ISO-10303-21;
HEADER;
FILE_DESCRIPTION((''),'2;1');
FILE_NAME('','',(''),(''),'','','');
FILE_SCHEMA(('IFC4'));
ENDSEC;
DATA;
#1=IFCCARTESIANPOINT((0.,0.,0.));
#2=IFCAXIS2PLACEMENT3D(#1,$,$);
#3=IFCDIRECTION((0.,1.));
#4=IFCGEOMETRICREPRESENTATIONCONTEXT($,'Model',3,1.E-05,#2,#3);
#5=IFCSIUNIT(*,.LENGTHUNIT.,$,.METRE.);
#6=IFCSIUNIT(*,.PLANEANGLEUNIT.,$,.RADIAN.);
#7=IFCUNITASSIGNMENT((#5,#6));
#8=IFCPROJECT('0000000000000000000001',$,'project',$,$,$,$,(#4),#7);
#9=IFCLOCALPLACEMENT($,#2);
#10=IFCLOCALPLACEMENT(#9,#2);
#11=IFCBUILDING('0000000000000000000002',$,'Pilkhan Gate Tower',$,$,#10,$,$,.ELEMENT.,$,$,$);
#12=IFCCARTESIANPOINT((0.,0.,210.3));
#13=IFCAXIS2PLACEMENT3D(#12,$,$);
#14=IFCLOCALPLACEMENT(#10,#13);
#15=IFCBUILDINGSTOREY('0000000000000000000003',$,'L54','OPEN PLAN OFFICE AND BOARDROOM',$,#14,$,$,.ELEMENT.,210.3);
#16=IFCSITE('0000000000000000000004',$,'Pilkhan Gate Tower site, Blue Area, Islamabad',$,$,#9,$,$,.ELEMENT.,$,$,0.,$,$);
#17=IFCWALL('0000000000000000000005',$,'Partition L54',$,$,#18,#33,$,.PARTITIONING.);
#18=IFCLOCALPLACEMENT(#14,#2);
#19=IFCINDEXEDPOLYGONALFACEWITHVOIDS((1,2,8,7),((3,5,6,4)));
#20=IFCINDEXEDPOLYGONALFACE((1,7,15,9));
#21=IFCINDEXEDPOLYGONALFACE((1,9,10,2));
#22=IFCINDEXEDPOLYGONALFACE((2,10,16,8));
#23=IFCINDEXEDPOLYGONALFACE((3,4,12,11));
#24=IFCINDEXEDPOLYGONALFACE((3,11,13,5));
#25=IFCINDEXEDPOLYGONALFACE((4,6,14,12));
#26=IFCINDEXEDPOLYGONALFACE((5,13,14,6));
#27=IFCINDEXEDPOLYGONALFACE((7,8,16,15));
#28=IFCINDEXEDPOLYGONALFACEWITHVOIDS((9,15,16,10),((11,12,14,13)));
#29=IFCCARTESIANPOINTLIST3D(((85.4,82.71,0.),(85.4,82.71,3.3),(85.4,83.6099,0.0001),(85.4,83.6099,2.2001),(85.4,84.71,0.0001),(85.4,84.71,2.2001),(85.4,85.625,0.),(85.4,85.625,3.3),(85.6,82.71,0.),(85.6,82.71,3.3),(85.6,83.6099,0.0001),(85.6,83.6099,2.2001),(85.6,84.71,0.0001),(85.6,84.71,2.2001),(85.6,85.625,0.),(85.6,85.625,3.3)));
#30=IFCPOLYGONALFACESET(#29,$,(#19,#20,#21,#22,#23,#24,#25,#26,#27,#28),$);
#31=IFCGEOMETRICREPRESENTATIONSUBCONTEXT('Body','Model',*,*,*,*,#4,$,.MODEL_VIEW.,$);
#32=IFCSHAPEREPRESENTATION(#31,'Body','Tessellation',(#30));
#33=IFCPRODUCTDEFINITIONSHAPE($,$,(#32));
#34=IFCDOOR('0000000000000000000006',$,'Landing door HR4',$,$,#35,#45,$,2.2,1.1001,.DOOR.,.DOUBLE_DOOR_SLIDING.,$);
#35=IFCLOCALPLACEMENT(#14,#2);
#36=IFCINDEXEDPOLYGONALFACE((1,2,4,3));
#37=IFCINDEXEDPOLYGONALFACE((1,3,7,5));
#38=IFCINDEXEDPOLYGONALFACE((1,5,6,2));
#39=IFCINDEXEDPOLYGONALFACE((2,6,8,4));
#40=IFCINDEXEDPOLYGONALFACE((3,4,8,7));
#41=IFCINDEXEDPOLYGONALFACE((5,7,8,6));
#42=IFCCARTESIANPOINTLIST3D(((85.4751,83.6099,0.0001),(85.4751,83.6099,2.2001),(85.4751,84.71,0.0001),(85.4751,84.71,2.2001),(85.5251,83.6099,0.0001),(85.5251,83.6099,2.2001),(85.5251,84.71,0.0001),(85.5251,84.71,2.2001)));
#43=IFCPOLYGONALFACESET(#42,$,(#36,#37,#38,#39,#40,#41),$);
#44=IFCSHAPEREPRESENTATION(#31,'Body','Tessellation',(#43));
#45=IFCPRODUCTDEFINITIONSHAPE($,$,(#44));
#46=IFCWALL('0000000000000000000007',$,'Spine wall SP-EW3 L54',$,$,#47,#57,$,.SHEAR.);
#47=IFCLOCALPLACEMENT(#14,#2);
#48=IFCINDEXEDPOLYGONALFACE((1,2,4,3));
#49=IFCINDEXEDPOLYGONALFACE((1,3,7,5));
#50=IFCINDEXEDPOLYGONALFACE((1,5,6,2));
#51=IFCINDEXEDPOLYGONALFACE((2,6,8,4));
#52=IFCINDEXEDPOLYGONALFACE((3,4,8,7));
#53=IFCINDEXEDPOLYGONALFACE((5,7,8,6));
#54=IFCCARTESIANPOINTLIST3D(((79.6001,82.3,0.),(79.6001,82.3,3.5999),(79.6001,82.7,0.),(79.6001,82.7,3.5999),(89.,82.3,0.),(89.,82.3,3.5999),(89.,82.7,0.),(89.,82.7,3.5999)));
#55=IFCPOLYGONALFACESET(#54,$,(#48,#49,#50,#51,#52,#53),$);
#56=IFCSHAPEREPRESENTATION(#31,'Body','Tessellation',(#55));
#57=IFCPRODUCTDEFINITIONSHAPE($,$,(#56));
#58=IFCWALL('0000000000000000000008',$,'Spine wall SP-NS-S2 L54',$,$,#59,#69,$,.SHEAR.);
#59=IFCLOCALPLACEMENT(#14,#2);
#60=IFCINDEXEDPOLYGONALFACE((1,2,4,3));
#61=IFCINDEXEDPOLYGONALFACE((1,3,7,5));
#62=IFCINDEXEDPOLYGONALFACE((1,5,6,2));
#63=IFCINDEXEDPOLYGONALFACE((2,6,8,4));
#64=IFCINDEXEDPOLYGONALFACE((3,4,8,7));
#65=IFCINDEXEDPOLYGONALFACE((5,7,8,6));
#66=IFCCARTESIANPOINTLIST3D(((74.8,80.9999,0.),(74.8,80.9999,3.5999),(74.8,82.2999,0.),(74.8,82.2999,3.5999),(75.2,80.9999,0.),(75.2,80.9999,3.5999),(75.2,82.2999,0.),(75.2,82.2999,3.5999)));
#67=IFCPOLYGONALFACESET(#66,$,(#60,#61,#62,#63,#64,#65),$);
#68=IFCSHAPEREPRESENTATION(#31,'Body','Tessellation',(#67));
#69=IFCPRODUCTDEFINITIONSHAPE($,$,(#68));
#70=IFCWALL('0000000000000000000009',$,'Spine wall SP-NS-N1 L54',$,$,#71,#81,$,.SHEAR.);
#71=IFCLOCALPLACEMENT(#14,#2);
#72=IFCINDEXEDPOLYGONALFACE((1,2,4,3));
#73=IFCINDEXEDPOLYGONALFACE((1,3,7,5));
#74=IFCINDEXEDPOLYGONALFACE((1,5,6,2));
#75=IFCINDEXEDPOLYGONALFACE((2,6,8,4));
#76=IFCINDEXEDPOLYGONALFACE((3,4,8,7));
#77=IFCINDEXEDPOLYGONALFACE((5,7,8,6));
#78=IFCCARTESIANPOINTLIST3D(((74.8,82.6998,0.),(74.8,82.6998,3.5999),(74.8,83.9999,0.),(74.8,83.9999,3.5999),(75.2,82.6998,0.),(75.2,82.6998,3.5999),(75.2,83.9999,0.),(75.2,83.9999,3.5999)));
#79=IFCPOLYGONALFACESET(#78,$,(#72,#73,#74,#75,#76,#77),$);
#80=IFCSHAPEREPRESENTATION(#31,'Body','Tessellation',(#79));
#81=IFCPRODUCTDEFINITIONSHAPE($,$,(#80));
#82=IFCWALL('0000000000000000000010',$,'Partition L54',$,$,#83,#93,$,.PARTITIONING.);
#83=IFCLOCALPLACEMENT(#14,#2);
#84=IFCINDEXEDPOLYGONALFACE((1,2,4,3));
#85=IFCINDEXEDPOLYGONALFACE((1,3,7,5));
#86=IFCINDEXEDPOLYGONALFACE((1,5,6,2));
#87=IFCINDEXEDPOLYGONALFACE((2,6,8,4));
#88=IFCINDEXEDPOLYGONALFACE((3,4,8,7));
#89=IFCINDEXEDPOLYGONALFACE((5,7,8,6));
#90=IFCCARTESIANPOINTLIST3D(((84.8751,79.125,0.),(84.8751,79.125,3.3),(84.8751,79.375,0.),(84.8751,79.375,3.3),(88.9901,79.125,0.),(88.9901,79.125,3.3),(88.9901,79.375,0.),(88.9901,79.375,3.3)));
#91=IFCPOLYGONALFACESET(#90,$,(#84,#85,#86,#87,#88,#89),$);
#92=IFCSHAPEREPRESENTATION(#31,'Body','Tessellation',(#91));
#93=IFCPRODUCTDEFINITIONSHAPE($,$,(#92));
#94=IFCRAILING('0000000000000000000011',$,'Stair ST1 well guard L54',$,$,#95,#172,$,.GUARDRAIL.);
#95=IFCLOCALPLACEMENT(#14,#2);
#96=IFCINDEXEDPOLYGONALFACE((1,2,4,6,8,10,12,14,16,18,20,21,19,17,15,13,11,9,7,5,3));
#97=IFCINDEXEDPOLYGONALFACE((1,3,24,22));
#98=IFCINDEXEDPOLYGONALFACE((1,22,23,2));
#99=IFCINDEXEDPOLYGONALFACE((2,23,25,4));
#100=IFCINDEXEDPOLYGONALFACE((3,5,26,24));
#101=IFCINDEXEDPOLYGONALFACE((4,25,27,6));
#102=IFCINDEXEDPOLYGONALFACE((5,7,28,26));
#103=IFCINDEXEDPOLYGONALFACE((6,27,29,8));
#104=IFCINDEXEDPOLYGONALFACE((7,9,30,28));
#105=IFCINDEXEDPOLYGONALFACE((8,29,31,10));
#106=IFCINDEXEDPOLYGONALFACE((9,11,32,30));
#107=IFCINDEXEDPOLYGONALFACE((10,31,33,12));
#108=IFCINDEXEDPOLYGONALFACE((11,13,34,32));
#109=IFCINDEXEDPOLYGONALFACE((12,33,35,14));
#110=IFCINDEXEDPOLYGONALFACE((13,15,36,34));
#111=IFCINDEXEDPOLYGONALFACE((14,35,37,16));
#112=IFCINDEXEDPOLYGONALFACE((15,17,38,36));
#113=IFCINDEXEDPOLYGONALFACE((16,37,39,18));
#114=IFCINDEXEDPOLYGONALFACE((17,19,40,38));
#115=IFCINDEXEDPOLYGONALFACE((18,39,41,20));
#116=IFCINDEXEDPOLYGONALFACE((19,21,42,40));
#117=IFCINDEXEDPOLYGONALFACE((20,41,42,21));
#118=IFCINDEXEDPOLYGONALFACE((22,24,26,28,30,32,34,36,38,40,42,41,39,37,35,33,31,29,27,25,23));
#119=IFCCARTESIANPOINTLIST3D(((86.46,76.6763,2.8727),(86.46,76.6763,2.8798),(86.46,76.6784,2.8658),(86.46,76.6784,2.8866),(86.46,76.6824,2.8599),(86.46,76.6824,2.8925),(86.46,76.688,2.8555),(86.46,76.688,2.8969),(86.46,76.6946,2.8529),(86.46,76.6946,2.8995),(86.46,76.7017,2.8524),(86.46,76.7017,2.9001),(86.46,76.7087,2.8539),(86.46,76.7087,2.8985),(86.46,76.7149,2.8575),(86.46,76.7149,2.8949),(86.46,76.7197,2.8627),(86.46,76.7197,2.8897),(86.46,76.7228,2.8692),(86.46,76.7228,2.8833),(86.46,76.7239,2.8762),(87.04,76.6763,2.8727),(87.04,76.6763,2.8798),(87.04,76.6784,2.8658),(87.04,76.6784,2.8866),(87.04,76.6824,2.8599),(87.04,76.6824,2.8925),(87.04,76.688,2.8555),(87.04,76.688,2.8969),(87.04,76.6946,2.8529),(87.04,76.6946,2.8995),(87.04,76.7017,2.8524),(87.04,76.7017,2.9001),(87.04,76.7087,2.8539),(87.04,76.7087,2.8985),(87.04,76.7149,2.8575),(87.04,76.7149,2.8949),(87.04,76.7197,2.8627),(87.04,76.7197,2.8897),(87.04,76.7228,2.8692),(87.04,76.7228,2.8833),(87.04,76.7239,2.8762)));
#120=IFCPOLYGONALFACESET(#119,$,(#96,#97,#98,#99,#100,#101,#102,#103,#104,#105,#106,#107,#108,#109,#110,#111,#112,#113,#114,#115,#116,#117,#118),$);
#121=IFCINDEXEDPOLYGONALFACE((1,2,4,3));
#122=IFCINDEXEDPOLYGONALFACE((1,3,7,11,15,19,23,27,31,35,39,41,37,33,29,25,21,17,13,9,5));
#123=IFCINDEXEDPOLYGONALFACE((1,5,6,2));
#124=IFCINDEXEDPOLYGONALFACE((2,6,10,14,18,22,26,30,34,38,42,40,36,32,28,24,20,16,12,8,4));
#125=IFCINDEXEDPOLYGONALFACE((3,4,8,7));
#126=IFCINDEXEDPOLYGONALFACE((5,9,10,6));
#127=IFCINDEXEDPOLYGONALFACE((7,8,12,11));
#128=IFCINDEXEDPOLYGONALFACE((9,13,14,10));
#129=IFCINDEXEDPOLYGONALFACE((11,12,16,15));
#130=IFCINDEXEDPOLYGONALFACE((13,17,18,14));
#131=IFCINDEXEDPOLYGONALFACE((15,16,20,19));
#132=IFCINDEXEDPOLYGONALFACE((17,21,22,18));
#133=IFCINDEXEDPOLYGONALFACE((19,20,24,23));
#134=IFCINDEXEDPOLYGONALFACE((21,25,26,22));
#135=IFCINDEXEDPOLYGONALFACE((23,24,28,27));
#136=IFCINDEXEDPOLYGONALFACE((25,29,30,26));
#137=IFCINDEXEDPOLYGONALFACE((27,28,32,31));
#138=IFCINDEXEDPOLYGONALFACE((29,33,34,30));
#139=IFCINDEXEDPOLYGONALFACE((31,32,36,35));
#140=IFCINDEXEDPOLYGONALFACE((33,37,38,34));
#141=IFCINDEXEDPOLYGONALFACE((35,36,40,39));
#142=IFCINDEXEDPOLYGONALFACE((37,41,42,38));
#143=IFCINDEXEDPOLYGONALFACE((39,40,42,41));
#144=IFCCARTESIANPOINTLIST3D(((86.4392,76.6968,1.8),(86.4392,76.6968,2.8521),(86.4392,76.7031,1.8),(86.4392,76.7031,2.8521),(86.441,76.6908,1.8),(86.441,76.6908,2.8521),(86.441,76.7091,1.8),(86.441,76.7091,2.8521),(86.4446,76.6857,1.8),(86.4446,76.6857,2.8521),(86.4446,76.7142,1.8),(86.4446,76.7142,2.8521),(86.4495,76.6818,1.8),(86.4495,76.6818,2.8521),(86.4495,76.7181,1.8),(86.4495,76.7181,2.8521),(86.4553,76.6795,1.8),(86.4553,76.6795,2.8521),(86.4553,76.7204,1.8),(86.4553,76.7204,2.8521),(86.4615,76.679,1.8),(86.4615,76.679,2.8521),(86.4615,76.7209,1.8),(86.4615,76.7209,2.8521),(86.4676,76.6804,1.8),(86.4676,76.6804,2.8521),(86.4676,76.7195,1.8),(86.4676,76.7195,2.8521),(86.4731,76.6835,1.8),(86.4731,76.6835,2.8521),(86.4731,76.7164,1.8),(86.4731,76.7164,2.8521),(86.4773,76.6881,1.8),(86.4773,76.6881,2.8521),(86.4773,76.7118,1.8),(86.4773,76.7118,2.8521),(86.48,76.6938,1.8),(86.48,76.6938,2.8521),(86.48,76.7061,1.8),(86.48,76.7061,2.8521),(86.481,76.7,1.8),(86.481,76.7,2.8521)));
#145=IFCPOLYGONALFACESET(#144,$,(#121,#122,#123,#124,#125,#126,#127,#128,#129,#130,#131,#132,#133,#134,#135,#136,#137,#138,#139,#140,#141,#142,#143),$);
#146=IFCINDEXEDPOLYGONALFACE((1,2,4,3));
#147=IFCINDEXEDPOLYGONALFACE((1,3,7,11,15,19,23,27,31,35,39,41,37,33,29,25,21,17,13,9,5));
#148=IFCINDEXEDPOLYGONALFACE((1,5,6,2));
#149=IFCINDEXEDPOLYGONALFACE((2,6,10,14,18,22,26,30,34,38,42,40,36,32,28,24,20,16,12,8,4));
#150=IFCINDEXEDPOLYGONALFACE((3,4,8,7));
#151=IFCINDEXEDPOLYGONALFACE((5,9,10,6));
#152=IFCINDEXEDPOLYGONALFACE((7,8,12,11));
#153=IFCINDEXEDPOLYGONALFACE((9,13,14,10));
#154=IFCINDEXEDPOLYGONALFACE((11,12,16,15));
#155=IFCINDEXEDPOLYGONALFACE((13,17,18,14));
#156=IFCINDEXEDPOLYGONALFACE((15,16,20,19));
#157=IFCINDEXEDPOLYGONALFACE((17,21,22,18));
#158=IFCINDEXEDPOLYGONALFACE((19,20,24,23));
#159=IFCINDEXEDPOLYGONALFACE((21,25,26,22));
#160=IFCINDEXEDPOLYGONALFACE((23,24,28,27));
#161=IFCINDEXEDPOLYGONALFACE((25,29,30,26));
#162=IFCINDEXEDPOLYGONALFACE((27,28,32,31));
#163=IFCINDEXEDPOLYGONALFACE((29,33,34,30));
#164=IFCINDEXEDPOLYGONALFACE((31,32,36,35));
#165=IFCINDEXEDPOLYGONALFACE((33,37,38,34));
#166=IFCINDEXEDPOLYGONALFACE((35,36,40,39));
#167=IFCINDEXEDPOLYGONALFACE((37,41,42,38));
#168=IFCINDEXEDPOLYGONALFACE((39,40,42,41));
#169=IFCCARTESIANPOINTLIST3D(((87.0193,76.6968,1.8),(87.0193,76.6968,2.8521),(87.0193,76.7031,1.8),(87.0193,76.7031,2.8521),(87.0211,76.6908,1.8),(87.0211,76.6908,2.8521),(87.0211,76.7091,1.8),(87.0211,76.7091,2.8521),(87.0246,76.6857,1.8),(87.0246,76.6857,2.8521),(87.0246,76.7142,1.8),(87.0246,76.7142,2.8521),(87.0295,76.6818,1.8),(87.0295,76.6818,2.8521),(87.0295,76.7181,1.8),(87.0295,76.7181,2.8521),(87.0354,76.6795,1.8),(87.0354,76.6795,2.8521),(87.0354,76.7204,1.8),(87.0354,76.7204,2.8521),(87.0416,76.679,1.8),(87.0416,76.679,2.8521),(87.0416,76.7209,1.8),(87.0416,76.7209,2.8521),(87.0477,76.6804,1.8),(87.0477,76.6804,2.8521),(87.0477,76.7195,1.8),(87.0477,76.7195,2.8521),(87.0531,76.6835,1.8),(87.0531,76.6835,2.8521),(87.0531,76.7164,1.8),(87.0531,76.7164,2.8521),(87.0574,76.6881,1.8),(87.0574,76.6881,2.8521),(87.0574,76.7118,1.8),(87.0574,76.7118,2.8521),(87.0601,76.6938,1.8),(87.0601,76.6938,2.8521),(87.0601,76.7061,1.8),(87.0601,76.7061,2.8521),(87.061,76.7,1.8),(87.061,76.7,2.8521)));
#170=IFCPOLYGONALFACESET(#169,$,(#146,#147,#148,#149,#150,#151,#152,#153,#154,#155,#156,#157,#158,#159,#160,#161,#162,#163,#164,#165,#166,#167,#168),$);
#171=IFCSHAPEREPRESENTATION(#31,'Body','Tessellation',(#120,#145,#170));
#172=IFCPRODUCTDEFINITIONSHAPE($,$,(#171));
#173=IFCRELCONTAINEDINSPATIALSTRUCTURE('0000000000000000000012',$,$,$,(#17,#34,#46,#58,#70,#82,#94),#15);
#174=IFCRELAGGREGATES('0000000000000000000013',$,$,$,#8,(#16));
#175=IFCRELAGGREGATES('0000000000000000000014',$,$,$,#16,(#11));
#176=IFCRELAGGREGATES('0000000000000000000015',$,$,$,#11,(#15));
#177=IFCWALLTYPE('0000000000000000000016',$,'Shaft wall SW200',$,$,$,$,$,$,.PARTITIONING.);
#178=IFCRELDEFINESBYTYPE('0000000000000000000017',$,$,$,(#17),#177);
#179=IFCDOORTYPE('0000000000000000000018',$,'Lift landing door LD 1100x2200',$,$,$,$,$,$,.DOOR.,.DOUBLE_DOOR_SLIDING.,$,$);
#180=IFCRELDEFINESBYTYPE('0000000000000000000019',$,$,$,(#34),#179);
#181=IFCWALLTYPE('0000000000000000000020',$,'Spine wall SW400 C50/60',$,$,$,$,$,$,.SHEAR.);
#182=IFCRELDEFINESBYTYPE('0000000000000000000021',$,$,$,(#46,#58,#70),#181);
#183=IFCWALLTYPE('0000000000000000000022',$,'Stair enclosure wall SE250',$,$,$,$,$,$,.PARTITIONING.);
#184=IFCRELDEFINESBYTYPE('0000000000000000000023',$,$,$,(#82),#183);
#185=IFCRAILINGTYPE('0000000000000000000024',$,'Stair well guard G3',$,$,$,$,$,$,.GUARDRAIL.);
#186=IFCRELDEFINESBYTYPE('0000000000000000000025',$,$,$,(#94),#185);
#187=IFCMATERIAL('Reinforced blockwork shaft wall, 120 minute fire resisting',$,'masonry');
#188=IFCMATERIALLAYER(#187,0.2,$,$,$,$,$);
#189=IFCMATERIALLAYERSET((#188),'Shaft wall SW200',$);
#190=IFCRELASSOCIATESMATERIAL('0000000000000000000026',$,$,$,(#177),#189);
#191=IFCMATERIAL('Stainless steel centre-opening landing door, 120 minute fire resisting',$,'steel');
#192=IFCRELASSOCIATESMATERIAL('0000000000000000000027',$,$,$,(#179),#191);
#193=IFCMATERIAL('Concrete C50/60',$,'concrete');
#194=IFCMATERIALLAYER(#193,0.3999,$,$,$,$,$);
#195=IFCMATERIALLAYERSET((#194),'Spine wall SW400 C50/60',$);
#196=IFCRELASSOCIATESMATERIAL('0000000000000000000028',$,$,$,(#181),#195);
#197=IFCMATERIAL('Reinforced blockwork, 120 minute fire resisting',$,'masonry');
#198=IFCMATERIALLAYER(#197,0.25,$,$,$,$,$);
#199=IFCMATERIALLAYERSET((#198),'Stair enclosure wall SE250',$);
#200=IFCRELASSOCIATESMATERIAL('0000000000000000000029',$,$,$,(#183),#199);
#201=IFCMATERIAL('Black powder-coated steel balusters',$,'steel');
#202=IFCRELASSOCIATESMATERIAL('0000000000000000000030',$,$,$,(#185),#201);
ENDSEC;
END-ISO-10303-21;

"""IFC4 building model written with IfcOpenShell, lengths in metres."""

from ifc_helpers import new_model, si_unit, direction, frame, frame_2d, origin, origin_2d, place, context, subcontext, project, spatial, rectangle, circle, extrude, material, layer, layer_set, type_object, element, fill, save


model = new_model("IFC4")

# Units and contexts
model_context = context("Model", 3, precision=1e-05, world=origin(), true_north=direction((0.0, 1.0)))
body_context = subcontext(model_context, "Body", "Model", "MODEL_VIEW")
ifc_project = project(units=[si_unit("LENGTHUNIT", "METRE"), si_unit("PLANEANGLEUNIT", "RADIAN")], contexts=[model_context])

# Site, building, storey
site_placement = place(None, origin())
site = spatial("IfcSite", under=ifc_project, at=site_placement, Name="Pilkhan Gate Tower site, Blue Area, Islamabad", CompositionType="ELEMENT", RefElevation=0.0)
building_placement = place(site_placement, origin())
building = spatial("IfcBuilding", under=site, at=building_placement, Name="Pilkhan Gate Tower", CompositionType="ELEMENT")
storey_placement = place(building_placement, frame((0.0, 0.0, 210.3)))
storey = spatial("IfcBuildingStorey", under=building, at=storey_placement, Name="L54", Description="OPEN PLAN OFFICE AND BOARDROOM", CompositionType="ELEMENT", Elevation=210.3)

# Shared definitions
ifc_material_1 = material(Name="Concrete C50/60", Category="concrete")

# Wall, opening, door
ifc_material_2 = material(Name="Reinforced blockwork shaft wall, 120 minute fire resisting", Category="masonry")
ifc_layer_1 = layer(ifc_material_2, 0.2)
ifc_layer_set_1 = layer_set([ifc_layer_1], Name="Shaft wall SW200")
wall_type_1 = type_object("IfcWallType", Name="Shaft wall SW200", PredefinedType="PARTITIONING", material=ifc_layer_set_1)
wall_1_placement = place(storey_placement, frame((85.5, 82.71, 0.0), z_axis=(0.0, 0.0, 1.0), x_axis=(0.0, 1.0, 0.0)))
wall_1 = element("IfcWall", 1, at=wall_1_placement, inside=storey, type_object=wall_type_1, Name="Partition L54", PredefinedType="PARTITIONING", context=body_context, shape_type="SweptSolid", body=[
    extrude(rectangle(XDim=2.915, YDim=0.2, at=frame_2d((1.4575, 0.0))), origin(), (0.0, 0.0, 1.0), 3.3),
])
opening_1_placement = place(wall_1_placement, frame((0.8999, 0.0, 0.0)))
opening_1 = element("IfcOpeningElement", 2, at=opening_1_placement, cuts=wall_1, PredefinedType="OPENING", context=body_context, shape_type="SweptSolid", body=[
    extrude(rectangle(XDim=1.1001, YDim=2.2, at=frame_2d((0.55, 1.1001))), frame((0.0, 0.1099, 0.0), z_axis=(0.0, -1.0, 0.0), x_axis=(1.0, 0.0, 0.0)), (0.0, 0.0, 1.0), 0.22),
])
ifc_material_3 = material(Name="Stainless steel centre-opening landing door, 120 minute fire resisting", Category="steel")
door_type_1 = type_object("IfcDoorType", Name="Lift landing door LD 1100x2200", OperationType="DOUBLE_DOOR_SLIDING", PredefinedType="DOOR", material=ifc_material_3)
door_1_placement = place(opening_1_placement, origin())
door_1 = element("IfcDoor", 3, at=door_1_placement, inside=storey, type_object=door_type_1, Name="Landing door HR4", OperationType="DOUBLE_DOOR_SLIDING", OverallHeight=2.2, OverallWidth=1.1001, PredefinedType="DOOR", context=body_context, shape_type="SweptSolid", body=[
    extrude(rectangle(XDim=1.1001, YDim=2.2, at=frame_2d((0.55, 1.1001))), frame((0.0, 0.0249, 0.0), z_axis=(0.0, -1.0, 0.0), x_axis=(1.0, 0.0, 0.0)), (0.0, 0.0, 1.0), 0.05),
])
fill(opening_1, door_1)

# Walls
ifc_layer_2 = layer(ifc_material_1, 0.3999)
ifc_layer_set_2 = layer_set([ifc_layer_2], Name="Spine wall SW400 C50/60")
wall_type_2 = type_object("IfcWallType", Name="Spine wall SW400 C50/60", PredefinedType="SHEAR", material=ifc_layer_set_2)
wall_2_placement = place(storey_placement, frame((79.6001, 82.5, 0.0), z_axis=(0.0, 0.0, 1.0), x_axis=(1.0, 0.0, 0.0)))
element("IfcWall", 4, at=wall_2_placement, inside=storey, type_object=wall_type_2, Name="Spine wall SP-EW3 L54", PredefinedType="SHEAR", context=body_context, shape_type="SweptSolid", body=[
    extrude(rectangle(XDim=9.3999, YDim=0.3999, at=frame_2d((4.7, 0.0))), origin(), (0.0, 0.0, 1.0), 3.5999),
])
for number, where, z_axis, x_axis, name in (
    (5, (75.0, 81.0, 0.0), (0.0, 0.0, 1.0), (0.0, 1.0, 0.0), "Spine wall SP-NS-S2 L54"),
    (6, (75.0, 82.7, 0.0), (0.0, 0.0, 1.0), (0.0, 1.0, 0.0), "Spine wall SP-NS-N1 L54"),
):
    element("IfcWall", number, at=place(storey_placement, frame(where, z_axis=z_axis, x_axis=x_axis)), inside=storey, type_object=wall_type_2, Name=name, PredefinedType="SHEAR", context=body_context, shape_type="SweptSolid", body=[
        extrude(rectangle(XDim=1.3, YDim=0.3999, at=frame_2d((0.6499, 0.0))), origin(), (0.0, 0.0, 1.0), 3.5999),
    ])
ifc_material_4 = material(Name="Reinforced blockwork, 120 minute fire resisting", Category="masonry")
ifc_layer_3 = layer(ifc_material_4, 0.25)
ifc_layer_set_3 = layer_set([ifc_layer_3], Name="Stair enclosure wall SE250")
wall_type_3 = type_object("IfcWallType", Name="Stair enclosure wall SE250", PredefinedType="PARTITIONING", material=ifc_layer_set_3)
wall_3_placement = place(storey_placement, frame((84.875, 79.25, 0.0), z_axis=(0.0, 0.0, 1.0), x_axis=(1.0, 0.0, 0.0)))
element("IfcWall", 7, at=wall_3_placement, inside=storey, type_object=wall_type_3, Name="Partition L54", PredefinedType="PARTITIONING", context=body_context, shape_type="SweptSolid", body=[
    extrude(rectangle(XDim=4.115, YDim=0.25, at=frame_2d((2.0576, 0.0))), origin(), (0.0, 0.0, 1.0), 3.3),
])

# Railing
ifc_material_5 = material(Name="Black powder-coated steel balusters", Category="steel")
railing_type = type_object("IfcRailingType", Name="Stair well guard G3", PredefinedType="GUARDRAIL", material=ifc_material_5)
railing_placement = place(storey_placement, frame((86.46, 76.7, 1.8)))
element("IfcRailing", 8, at=railing_placement, inside=storey, type_object=railing_type, Name="Stair ST1 well guard L54", PredefinedType="GUARDRAIL", context=body_context, shape_type="SweptSolid", body=[
    extrude(circle(Radius=0.0239, at=origin_2d()), frame((0.0, 0.0, 1.0762), z_axis=(1.0, 0.0, 0.0), x_axis=(0.0, 1.0, 0.0)), (0.0, 0.0, 1.0), 0.5801),
    extrude(circle(Radius=0.021, at=origin_2d()), origin(), (0.0, 0.0, 1.0), 1.052),
    extrude(circle(Radius=0.021, at=origin_2d()), frame((0.5801, 0.0, 0.0)), (0.0, 0.0, 1.0), 1.052),
])

save(model, "model.ifc")
